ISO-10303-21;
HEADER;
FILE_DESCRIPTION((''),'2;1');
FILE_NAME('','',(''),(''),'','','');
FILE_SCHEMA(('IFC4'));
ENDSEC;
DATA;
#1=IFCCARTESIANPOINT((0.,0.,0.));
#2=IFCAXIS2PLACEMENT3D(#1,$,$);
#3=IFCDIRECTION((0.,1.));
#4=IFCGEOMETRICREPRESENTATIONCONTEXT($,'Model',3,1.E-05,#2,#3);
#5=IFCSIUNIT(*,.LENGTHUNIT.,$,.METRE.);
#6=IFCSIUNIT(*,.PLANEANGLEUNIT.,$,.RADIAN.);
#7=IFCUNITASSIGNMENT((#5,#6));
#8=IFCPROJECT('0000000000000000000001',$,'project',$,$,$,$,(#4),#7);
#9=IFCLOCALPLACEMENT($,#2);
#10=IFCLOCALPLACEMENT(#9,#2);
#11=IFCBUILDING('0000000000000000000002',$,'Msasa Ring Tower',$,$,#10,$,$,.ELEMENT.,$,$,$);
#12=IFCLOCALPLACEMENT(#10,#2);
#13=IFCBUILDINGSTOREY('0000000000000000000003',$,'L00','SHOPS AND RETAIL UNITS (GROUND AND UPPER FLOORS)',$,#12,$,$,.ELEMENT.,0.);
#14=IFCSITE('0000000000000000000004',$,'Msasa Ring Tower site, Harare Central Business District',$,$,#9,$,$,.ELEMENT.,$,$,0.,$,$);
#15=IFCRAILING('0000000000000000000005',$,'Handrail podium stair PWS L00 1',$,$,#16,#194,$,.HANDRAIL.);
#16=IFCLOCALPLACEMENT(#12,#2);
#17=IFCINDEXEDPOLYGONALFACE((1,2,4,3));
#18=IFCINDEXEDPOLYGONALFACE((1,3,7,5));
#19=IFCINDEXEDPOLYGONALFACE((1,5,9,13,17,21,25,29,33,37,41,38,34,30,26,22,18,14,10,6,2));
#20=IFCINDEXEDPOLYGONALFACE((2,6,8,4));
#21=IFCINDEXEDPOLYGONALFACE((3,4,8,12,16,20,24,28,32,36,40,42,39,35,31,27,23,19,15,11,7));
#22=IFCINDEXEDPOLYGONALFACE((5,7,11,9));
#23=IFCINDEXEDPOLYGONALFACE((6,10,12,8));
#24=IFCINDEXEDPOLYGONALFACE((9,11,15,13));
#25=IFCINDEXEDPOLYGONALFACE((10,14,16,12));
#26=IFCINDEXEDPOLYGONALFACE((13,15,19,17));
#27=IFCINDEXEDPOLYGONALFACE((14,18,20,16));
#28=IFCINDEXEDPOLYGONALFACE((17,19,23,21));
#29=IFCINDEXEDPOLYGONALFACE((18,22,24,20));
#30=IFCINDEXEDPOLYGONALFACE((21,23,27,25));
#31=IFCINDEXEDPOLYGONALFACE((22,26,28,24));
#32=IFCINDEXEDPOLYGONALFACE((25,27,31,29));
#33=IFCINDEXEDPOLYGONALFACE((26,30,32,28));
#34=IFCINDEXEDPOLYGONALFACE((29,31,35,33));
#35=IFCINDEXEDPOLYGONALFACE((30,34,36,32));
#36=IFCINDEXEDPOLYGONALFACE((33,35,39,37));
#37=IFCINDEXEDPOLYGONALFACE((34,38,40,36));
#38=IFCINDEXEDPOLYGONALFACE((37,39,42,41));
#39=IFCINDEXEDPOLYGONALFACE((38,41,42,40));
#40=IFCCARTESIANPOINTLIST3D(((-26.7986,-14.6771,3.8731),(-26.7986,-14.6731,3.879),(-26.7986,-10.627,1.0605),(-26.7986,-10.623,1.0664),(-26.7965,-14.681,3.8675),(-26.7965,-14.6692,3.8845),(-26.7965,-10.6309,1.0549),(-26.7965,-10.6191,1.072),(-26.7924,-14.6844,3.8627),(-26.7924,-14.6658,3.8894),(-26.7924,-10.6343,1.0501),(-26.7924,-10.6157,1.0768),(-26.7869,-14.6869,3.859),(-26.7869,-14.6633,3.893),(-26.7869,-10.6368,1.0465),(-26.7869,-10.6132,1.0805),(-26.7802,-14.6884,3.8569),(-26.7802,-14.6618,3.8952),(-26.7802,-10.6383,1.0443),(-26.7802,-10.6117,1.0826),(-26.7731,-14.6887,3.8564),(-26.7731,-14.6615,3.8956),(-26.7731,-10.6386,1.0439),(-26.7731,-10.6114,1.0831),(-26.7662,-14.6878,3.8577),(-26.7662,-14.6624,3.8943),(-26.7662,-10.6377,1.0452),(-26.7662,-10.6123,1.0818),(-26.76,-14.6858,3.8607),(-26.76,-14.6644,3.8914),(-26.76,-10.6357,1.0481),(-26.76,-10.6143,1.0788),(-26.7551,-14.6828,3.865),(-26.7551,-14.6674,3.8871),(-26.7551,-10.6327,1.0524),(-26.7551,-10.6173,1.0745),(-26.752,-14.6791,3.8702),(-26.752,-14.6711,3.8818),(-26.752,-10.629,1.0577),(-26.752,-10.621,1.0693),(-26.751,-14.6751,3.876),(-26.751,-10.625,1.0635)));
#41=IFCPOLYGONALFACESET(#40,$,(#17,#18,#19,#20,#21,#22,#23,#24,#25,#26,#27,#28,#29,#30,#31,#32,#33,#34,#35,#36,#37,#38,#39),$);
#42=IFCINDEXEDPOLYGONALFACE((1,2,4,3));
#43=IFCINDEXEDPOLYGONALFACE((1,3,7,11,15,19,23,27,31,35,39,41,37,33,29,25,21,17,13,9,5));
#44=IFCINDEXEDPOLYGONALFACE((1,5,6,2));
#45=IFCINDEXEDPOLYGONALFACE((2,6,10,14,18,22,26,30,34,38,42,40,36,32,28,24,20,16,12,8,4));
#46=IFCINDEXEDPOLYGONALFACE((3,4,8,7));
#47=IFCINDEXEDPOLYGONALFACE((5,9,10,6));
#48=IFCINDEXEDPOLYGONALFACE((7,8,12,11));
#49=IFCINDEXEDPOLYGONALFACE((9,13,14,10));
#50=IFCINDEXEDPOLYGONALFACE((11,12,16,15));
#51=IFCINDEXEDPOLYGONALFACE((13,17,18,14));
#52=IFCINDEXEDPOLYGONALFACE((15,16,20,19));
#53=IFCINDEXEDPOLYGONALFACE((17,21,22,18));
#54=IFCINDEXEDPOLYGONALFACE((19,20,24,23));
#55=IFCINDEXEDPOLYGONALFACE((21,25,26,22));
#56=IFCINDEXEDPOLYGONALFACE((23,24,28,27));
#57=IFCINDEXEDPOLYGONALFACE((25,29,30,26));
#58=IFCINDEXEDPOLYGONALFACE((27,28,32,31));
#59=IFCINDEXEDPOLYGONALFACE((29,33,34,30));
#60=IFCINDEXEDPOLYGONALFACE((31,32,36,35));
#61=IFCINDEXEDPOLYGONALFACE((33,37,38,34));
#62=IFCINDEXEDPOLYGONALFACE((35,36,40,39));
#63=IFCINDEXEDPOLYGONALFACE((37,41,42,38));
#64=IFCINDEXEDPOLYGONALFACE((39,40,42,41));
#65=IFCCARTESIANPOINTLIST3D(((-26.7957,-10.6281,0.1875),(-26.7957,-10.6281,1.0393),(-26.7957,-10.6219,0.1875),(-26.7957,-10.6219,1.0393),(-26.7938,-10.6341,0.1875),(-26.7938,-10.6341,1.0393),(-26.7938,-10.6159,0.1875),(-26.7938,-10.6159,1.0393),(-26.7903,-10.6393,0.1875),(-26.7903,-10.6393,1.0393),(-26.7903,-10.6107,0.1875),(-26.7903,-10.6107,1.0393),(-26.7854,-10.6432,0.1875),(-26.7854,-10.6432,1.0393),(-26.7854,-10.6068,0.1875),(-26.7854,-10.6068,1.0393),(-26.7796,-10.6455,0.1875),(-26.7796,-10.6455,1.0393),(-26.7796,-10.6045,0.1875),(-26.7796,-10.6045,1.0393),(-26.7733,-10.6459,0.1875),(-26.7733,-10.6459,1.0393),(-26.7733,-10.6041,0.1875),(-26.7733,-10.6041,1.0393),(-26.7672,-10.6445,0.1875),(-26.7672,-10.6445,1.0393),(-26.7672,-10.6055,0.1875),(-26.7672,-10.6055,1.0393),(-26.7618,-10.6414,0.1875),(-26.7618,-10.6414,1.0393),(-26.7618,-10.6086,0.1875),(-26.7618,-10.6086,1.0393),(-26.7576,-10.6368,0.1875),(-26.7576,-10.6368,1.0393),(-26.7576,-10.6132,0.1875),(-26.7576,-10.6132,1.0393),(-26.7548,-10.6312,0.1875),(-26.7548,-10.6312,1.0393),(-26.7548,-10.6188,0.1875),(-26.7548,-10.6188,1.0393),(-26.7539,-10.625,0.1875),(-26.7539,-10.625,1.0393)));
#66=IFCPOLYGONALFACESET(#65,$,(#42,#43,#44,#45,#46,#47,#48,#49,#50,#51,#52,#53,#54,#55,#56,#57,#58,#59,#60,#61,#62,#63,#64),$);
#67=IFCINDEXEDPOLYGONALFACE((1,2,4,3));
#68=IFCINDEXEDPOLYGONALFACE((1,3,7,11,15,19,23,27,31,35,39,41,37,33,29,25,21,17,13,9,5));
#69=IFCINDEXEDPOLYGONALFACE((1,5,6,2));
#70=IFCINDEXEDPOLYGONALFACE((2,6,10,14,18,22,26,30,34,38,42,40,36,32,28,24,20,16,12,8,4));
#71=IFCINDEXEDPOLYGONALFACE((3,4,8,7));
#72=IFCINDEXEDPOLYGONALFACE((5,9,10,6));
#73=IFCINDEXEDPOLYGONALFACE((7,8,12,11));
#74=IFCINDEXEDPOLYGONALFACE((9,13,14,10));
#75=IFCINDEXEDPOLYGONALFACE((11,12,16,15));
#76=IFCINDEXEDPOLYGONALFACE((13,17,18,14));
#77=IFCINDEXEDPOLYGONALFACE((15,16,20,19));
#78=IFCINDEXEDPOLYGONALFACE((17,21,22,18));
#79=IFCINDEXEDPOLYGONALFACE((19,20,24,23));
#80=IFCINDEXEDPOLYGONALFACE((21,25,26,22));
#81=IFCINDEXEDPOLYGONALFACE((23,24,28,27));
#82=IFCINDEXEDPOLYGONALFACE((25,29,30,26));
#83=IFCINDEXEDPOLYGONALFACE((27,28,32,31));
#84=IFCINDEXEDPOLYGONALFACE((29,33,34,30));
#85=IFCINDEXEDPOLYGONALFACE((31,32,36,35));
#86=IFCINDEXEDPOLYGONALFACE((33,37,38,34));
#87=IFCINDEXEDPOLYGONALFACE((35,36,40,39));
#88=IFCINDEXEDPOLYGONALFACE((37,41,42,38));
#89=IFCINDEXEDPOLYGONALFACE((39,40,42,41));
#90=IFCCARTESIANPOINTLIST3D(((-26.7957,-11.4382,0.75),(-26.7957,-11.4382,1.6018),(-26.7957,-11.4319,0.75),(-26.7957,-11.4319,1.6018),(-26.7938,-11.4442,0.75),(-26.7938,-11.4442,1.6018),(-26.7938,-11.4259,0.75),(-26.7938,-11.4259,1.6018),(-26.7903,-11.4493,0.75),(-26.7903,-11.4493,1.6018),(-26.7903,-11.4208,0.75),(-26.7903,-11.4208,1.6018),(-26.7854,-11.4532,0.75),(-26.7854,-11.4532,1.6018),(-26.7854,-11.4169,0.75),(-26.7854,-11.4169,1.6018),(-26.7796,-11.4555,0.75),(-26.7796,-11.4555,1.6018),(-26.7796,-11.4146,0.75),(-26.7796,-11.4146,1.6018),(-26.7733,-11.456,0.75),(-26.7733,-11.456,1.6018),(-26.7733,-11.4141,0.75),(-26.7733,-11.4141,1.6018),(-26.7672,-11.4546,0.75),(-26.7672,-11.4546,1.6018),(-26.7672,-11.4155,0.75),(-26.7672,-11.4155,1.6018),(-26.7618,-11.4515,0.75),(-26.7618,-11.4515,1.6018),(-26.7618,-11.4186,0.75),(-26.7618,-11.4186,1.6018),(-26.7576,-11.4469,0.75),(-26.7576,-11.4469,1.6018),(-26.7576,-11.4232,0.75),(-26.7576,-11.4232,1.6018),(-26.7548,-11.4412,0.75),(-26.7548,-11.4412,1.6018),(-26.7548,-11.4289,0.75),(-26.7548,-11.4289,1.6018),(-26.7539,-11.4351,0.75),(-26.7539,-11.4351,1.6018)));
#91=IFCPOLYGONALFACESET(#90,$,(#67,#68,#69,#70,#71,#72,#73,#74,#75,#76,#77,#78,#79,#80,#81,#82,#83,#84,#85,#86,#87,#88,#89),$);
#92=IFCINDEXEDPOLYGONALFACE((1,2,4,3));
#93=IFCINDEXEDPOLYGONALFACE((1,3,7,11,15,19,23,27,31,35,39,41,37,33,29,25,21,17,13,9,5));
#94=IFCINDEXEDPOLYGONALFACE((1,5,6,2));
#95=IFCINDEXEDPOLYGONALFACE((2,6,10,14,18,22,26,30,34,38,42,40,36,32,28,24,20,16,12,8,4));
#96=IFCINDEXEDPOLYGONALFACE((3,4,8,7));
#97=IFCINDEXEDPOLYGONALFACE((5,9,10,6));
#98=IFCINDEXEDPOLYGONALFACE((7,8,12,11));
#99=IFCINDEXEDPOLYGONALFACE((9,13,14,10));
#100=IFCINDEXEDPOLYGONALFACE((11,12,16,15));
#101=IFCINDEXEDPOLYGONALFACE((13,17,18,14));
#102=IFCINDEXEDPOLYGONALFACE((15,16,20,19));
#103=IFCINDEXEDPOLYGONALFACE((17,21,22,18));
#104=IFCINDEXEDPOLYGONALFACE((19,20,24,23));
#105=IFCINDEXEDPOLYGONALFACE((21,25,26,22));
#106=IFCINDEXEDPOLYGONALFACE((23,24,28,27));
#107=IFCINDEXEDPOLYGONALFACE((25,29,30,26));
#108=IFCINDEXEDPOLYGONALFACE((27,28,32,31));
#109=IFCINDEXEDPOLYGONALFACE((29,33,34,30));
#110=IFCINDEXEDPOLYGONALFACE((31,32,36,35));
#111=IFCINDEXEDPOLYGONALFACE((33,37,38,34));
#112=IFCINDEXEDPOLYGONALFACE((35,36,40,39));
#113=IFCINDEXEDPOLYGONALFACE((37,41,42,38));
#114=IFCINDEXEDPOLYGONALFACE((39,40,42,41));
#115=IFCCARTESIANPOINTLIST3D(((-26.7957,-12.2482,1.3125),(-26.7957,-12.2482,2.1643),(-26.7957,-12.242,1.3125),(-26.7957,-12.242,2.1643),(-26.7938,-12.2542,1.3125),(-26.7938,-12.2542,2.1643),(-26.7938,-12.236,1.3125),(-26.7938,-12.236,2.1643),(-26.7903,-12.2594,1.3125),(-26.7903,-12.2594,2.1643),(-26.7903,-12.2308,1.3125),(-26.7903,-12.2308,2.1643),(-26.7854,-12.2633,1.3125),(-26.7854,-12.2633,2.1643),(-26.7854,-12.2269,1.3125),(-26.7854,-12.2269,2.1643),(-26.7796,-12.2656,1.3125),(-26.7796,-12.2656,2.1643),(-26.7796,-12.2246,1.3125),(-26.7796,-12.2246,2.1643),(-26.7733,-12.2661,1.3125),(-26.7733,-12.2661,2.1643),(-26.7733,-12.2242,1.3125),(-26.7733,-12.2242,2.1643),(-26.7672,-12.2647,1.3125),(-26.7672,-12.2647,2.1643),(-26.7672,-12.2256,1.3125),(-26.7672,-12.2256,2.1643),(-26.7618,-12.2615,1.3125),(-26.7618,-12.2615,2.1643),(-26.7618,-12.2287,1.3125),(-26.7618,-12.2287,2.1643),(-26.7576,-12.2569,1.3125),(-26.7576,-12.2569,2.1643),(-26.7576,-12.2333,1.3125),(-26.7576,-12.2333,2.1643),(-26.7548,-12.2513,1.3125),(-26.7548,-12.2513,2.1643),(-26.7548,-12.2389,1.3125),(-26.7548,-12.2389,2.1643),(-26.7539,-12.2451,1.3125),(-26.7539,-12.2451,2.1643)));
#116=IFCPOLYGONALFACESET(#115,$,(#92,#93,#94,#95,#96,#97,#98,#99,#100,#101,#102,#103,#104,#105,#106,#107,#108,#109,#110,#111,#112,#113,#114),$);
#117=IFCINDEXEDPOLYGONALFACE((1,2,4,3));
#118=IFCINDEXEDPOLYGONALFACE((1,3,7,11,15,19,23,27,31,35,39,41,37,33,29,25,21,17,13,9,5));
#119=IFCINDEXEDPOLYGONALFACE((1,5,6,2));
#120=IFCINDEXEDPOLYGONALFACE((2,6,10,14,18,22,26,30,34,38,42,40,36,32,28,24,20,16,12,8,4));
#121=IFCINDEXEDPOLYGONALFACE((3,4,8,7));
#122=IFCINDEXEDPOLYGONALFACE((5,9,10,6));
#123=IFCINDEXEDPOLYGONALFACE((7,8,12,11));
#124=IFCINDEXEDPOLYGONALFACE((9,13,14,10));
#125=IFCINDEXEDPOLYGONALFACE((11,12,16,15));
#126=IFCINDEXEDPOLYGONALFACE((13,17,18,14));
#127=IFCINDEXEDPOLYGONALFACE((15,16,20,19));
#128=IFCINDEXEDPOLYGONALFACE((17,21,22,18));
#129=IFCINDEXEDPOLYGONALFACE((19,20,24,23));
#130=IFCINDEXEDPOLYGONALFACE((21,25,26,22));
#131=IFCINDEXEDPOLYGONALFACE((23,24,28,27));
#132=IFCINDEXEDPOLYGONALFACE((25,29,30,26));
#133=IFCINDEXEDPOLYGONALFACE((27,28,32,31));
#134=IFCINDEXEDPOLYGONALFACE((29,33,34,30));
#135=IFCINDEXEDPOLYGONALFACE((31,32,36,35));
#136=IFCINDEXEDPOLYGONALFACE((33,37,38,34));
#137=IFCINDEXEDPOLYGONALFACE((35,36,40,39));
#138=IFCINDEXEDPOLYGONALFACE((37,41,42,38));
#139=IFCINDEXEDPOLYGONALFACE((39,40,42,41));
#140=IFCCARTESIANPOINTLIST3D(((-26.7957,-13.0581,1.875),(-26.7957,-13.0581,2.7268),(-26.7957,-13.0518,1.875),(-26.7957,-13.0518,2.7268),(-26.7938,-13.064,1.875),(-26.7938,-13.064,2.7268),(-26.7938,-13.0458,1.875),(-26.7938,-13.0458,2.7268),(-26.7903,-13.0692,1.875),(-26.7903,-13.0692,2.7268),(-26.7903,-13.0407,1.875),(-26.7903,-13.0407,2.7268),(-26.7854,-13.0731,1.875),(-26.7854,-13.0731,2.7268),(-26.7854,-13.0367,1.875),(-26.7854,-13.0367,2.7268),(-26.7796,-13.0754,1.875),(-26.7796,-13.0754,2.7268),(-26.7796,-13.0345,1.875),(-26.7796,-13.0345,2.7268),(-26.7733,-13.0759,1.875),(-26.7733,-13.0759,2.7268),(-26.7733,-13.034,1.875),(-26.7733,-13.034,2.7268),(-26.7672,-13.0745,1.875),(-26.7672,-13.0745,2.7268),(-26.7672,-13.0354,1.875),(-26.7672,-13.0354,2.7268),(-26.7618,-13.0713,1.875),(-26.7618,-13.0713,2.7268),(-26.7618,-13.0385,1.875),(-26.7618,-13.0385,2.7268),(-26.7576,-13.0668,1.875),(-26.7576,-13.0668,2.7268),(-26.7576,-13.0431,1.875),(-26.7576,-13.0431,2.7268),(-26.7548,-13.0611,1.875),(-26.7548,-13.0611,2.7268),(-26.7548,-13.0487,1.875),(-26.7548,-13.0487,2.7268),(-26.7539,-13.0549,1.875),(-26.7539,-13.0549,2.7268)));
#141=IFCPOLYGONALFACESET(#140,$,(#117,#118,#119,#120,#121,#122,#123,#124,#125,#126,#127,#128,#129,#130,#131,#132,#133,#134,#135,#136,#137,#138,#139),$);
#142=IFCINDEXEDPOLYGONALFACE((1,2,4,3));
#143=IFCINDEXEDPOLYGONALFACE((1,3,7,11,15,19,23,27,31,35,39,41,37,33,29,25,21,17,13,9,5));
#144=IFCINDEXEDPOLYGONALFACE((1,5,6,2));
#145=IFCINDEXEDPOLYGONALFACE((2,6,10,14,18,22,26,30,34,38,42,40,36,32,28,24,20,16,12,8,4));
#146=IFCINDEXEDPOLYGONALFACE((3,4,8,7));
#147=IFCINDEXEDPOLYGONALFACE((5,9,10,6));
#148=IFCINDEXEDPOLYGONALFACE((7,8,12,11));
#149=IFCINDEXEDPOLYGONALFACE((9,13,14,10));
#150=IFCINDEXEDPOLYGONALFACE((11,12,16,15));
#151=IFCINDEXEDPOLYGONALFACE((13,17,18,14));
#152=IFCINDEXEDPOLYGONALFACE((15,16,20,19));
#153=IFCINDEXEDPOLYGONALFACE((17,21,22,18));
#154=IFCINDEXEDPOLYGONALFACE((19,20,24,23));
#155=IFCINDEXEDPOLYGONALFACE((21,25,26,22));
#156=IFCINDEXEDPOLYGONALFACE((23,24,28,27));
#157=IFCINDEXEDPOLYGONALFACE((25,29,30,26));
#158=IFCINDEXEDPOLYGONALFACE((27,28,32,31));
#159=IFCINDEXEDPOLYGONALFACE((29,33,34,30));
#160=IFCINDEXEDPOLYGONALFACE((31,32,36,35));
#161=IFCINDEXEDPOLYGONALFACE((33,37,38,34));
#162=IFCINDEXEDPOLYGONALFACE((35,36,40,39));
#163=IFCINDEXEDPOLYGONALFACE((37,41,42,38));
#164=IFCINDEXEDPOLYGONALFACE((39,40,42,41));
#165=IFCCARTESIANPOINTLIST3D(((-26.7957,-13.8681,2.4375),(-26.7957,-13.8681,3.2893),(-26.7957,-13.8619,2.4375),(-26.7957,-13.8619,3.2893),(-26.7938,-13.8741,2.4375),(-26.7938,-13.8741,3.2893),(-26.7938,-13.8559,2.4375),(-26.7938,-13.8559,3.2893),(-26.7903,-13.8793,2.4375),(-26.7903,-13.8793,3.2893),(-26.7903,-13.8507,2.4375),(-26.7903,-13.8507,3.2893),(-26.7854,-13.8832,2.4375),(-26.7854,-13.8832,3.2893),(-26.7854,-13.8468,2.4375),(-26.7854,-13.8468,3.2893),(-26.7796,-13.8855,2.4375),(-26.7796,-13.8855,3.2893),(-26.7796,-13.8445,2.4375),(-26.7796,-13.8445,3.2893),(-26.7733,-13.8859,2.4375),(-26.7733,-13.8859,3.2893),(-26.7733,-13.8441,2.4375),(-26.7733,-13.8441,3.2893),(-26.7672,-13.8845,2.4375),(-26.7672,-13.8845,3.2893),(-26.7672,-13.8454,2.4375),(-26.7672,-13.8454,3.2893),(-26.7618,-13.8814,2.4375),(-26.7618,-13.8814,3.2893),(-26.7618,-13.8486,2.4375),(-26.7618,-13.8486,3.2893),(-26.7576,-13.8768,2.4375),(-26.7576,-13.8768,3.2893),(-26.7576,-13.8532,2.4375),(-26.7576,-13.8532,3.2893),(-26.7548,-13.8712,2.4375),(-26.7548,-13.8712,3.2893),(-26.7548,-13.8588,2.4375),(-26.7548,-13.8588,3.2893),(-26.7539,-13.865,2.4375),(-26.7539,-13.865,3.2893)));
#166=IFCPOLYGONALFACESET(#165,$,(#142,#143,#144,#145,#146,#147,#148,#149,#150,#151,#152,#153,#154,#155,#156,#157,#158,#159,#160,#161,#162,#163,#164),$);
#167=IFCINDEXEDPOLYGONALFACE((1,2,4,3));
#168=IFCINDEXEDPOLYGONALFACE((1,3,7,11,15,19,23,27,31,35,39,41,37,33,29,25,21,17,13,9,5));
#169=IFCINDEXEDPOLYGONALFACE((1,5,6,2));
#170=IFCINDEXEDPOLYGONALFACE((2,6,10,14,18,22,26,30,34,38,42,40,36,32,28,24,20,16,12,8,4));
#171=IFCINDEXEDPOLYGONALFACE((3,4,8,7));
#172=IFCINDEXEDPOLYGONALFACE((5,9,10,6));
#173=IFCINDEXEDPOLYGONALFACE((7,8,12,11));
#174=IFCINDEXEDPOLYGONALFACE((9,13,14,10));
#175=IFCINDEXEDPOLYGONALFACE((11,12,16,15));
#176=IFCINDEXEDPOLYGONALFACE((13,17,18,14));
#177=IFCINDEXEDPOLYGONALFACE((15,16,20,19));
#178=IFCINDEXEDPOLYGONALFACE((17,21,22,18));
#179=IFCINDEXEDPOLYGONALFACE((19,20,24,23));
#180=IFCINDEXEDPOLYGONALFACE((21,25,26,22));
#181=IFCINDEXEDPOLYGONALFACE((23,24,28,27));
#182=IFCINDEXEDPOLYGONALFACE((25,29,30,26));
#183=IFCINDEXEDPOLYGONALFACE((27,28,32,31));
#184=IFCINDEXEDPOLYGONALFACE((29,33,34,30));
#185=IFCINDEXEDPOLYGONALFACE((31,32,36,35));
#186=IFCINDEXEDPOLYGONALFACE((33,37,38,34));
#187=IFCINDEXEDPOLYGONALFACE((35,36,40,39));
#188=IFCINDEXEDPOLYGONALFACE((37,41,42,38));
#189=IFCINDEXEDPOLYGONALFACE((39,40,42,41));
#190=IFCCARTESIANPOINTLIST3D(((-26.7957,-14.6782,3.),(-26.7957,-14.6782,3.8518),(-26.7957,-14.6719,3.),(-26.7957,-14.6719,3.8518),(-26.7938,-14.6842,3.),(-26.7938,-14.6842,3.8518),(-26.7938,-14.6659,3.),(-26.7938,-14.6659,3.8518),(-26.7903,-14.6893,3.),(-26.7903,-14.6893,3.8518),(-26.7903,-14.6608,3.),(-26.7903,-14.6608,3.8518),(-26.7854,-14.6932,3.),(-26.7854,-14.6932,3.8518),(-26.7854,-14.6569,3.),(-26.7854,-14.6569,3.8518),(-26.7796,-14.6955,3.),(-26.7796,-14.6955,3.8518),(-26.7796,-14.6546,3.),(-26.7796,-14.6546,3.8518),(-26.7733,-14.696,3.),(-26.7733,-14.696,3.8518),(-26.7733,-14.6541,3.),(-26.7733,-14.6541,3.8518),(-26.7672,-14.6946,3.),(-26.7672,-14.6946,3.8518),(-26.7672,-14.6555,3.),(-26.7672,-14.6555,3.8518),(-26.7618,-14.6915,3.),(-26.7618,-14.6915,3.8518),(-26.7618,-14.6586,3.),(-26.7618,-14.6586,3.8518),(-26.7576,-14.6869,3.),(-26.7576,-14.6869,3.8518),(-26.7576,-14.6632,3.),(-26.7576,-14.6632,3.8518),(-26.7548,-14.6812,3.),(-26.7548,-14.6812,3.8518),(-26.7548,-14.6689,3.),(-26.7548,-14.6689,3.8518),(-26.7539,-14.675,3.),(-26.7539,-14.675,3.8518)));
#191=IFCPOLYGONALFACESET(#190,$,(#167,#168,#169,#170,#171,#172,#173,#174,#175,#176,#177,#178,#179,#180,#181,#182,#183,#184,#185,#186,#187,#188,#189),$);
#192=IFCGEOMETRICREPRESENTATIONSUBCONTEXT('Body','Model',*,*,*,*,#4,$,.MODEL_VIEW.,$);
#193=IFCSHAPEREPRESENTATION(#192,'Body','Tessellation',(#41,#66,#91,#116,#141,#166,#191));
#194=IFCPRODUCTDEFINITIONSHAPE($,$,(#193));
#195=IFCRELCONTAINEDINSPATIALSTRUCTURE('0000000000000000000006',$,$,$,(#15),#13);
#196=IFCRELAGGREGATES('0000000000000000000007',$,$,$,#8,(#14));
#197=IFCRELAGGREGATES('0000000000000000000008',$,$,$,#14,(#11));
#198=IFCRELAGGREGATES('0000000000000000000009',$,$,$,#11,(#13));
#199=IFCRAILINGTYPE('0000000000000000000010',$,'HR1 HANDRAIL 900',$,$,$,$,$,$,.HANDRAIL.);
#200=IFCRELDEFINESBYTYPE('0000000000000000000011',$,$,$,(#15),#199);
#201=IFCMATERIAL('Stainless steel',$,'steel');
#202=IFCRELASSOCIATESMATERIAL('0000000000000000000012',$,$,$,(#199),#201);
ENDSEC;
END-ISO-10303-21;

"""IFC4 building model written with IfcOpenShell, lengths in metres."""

from ifc_helpers import new_model, si_unit, direction, frame, origin, origin_2d, place, context, subcontext, project, spatial, circle, extrude, material, type_object, element, save


model = new_model("IFC4")

# Units and contexts
model_context = context("Model", 3, precision=1e-05, world=origin(), true_north=direction((0.0, 1.0)))
body_context = subcontext(model_context, "Body", "Model", "MODEL_VIEW")
ifc_project = project(units=[si_unit("LENGTHUNIT", "METRE"), si_unit("PLANEANGLEUNIT", "RADIAN")], contexts=[model_context])

# Site, building, storey
site_placement = place(None, origin())
site = spatial("IfcSite", under=ifc_project, at=site_placement, Name="Msasa Ring Tower site, Harare Central Business District", CompositionType="ELEMENT", RefElevation=0.0)
building_placement = place(site_placement, origin())
building = spatial("IfcBuilding", under=site, at=building_placement, Name="Msasa Ring Tower", CompositionType="ELEMENT")
storey_placement = place(building_placement, origin())
storey = spatial("IfcBuildingStorey", under=building, at=storey_placement, Name="L00", Description="SHOPS AND RETAIL UNITS (GROUND AND UPPER FLOORS)", CompositionType="ELEMENT", Elevation=0.0)

# Railing
ifc_material_1 = material(Name="Stainless steel", Category="steel")
railing_type = type_object("IfcRailingType", Name="HR1 HANDRAIL 900", PredefinedType="HANDRAIL", material=ifc_material_1)
for number, where, name in (
    (1, (-26.7749, -10.625, 0.1875), "Handrail podium stair PWS L00 1"),
):
    element("IfcRailing", number, at=place(storey_placement, frame(where)), inside=storey, type_object=railing_type, Name=name, PredefinedType="HANDRAIL", context=body_context, shape_type="SweptSolid", body=[
        extrude(circle(Radius=0.0239, at=origin_2d()), frame((0.0, 0.0, 0.876), z_axis=(0.0, -0.821373, 0.570391), x_axis=(1.0, 0.0, 0.0)), (0.0, 0.0, 1.0), 4.9309),
        extrude(circle(Radius=0.021, at=origin_2d()), origin(), (0.0, 0.0, 1.0), 0.8518),
        extrude(circle(Radius=0.021, at=origin_2d()), frame((0.0, -0.8101, 0.5625)), (0.0, 0.0, 1.0), 0.8518),
        extrude(circle(Radius=0.021, at=origin_2d()), frame((0.0, -1.6201, 1.125)), (0.0, 0.0, 1.0), 0.8518),
        extrude(circle(Radius=0.021, at=origin_2d()), frame((0.0, -2.4299, 1.6875)), (0.0, 0.0, 1.0), 0.8518),
        extrude(circle(Radius=0.021, at=origin_2d()), frame((0.0, -3.24, 2.25)), (0.0, 0.0, 1.0), 0.8518),
        extrude(circle(Radius=0.021, at=origin_2d()), frame((0.0, -4.05, 2.8125)), (0.0, 0.0, 1.0), 0.8518),
    ])

save(model, "model.ifc")
